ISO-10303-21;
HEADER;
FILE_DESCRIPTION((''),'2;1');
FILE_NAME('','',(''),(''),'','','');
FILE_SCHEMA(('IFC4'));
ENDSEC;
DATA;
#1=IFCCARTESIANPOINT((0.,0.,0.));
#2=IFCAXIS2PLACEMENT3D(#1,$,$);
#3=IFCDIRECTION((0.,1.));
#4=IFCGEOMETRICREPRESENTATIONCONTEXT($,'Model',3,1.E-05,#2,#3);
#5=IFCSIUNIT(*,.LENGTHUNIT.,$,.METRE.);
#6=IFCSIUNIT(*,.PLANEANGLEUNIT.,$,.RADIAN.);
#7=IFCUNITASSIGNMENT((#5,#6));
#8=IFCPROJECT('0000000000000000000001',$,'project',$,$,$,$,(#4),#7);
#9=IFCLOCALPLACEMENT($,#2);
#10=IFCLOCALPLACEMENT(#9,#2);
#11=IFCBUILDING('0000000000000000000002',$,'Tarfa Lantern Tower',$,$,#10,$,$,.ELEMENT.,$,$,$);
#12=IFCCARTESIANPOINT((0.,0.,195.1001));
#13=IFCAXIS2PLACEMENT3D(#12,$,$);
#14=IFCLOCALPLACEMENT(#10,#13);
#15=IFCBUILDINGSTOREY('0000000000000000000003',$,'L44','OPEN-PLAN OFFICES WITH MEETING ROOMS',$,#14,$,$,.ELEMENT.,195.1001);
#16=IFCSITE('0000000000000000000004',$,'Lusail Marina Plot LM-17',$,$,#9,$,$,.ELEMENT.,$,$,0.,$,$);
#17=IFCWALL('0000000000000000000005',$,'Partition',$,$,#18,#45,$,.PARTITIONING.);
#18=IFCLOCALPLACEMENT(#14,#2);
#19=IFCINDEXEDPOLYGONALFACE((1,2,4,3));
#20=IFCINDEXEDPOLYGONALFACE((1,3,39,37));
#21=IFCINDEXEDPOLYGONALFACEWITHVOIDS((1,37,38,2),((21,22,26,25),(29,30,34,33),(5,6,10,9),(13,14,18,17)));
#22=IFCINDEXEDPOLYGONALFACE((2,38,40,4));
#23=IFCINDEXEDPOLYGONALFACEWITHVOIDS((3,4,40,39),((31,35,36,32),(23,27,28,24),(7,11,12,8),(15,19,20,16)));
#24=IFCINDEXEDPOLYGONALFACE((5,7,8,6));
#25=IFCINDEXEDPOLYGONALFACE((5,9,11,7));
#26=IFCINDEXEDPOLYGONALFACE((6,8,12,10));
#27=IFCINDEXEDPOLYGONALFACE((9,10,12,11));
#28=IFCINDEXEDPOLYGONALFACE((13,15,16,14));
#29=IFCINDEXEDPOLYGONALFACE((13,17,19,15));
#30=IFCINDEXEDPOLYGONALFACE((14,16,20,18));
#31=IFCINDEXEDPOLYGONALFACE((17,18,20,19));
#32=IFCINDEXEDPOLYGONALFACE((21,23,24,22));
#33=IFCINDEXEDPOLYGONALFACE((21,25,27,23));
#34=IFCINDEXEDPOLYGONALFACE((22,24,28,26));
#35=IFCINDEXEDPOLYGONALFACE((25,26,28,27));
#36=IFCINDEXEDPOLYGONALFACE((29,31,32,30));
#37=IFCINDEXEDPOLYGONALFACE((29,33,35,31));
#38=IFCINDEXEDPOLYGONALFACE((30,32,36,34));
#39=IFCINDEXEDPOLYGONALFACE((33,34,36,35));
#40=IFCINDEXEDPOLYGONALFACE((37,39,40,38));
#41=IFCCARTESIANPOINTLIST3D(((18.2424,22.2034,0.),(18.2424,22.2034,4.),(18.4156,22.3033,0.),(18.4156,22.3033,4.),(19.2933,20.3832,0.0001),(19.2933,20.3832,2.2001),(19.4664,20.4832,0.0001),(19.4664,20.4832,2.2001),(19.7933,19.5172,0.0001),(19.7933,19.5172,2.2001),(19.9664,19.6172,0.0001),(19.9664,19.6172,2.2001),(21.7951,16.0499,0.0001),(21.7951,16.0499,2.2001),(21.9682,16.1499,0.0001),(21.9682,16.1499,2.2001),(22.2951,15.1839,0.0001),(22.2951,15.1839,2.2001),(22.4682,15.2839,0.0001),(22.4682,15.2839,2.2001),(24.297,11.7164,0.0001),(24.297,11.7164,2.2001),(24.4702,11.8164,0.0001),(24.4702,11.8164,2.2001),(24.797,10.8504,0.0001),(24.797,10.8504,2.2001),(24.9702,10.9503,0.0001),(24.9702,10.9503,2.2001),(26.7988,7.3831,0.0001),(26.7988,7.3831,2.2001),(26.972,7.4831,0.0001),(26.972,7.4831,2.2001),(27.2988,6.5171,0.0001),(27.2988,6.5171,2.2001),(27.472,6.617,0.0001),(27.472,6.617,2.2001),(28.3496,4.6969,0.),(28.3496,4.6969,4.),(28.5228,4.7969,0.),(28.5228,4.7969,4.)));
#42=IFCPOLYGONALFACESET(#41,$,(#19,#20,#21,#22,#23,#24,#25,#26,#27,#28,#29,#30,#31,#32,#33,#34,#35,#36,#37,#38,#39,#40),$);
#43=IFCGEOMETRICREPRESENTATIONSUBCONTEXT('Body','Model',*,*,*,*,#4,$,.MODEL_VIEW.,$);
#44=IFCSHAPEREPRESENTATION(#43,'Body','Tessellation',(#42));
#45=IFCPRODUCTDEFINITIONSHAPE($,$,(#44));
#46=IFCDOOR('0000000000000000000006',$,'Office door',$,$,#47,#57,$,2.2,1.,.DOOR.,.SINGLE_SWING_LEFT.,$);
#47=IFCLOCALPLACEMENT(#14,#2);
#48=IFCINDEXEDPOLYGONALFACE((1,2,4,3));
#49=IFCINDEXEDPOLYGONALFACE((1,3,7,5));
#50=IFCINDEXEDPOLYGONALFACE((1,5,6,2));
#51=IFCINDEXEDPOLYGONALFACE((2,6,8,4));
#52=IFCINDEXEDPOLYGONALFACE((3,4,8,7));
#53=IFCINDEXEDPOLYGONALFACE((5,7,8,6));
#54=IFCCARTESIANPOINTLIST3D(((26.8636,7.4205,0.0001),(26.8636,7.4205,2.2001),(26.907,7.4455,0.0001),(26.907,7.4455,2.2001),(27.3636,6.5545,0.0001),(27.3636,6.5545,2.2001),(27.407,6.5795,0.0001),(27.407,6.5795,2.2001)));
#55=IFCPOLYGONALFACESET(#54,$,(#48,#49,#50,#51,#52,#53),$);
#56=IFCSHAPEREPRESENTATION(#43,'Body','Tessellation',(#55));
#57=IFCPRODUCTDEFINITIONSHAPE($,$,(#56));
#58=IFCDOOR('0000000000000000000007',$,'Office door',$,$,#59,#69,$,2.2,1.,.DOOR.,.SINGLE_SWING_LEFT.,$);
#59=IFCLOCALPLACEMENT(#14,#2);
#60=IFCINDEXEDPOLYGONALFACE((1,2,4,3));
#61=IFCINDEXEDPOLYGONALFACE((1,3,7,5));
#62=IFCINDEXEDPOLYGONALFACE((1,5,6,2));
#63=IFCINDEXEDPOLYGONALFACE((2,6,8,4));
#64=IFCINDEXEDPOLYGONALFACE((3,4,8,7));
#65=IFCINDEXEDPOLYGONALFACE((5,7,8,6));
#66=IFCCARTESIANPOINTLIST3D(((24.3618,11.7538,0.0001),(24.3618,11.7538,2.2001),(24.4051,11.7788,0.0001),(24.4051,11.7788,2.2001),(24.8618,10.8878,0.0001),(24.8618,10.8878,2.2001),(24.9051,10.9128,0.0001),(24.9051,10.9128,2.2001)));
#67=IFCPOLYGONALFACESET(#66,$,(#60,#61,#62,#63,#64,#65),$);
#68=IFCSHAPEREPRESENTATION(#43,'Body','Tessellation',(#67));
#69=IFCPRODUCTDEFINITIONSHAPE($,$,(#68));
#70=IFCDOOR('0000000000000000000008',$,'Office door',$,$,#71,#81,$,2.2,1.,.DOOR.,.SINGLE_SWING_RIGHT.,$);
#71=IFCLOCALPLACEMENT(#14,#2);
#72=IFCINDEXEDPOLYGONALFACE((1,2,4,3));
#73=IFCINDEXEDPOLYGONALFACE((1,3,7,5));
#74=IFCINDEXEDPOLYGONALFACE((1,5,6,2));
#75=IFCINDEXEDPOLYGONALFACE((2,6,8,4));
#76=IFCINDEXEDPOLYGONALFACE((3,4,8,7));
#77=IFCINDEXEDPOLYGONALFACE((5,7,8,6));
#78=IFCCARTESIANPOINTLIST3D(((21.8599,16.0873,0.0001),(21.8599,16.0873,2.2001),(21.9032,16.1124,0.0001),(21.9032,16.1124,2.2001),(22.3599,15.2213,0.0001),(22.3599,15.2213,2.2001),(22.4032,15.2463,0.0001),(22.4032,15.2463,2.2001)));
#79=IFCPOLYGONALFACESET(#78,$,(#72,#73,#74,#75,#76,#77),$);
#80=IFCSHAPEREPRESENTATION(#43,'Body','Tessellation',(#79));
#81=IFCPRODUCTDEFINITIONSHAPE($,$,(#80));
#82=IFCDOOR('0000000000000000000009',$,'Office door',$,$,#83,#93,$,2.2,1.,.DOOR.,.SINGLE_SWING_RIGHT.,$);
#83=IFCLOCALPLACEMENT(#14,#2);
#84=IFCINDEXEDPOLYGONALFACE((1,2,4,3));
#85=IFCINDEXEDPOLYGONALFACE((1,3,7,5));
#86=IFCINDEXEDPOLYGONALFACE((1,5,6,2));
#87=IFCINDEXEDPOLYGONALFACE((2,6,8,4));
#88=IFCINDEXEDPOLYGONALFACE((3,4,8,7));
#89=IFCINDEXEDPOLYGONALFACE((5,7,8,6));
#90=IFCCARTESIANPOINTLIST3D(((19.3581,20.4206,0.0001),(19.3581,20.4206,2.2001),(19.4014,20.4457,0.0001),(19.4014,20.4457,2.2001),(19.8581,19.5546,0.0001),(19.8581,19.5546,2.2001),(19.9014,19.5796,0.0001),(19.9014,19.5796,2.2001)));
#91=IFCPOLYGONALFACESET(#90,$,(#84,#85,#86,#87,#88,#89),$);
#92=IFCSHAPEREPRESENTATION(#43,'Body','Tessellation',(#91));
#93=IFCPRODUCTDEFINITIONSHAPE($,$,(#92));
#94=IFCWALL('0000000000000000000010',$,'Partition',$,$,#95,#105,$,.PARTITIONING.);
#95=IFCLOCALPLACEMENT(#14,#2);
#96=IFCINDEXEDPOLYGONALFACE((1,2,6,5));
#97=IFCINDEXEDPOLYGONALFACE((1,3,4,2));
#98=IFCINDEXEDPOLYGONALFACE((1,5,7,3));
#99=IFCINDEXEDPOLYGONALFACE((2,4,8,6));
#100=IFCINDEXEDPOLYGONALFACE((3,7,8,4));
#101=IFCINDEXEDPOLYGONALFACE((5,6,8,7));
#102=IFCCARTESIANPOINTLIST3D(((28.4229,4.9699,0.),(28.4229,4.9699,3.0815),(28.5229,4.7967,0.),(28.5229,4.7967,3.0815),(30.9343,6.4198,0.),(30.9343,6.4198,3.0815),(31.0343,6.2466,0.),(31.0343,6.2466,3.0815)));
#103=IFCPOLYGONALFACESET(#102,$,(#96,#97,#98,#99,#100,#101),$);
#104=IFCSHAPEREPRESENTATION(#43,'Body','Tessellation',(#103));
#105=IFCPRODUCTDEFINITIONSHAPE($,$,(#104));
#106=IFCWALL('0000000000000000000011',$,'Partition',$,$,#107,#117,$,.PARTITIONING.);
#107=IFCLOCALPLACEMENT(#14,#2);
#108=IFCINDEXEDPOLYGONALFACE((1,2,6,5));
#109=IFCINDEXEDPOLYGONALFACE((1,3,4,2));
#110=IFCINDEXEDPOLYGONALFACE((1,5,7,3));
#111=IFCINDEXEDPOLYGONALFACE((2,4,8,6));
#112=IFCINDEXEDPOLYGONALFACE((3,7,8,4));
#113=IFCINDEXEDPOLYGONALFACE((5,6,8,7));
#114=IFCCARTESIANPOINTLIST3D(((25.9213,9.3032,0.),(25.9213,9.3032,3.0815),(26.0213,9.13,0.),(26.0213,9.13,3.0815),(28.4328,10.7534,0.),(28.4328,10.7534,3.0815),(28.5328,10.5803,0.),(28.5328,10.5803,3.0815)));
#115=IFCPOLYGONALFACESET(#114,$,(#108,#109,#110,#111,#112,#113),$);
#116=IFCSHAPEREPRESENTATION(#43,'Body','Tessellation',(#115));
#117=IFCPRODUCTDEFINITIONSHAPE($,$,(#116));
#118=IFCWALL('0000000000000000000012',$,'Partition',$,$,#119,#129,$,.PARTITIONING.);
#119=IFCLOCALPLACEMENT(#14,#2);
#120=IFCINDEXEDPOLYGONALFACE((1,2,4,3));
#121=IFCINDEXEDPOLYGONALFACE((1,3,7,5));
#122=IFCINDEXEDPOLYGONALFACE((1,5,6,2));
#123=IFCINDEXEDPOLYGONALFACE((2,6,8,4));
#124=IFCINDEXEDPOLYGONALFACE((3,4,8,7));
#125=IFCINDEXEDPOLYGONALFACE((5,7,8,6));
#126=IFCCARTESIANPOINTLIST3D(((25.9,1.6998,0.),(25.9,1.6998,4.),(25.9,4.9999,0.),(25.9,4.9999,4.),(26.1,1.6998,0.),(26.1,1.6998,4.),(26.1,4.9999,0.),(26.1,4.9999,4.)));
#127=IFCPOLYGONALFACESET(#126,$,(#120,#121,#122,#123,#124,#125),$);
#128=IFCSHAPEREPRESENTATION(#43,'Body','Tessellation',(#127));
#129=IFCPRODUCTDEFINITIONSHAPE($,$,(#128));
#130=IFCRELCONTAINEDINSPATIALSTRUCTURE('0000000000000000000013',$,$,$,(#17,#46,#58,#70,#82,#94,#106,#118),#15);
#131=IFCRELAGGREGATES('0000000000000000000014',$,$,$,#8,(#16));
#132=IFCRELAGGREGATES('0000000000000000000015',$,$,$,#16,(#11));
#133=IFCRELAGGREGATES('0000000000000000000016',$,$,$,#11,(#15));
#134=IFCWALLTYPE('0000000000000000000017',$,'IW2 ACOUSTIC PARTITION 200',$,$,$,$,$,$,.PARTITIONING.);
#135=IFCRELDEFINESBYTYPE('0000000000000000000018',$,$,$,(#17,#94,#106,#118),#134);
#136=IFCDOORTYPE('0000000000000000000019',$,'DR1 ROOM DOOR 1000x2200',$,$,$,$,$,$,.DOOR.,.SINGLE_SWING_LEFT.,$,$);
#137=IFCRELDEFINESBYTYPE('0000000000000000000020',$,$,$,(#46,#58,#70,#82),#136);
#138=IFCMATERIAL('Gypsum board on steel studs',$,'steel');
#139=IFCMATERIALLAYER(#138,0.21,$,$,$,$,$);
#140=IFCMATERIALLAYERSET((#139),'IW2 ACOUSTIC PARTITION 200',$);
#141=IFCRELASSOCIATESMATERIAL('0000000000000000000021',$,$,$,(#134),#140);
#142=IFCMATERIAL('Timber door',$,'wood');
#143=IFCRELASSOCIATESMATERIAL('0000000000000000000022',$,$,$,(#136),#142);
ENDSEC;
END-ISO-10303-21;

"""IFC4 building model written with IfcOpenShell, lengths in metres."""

from ifc_helpers import new_model, si_unit, direction, frame, frame_2d, origin, place, context, subcontext, project, spatial, rectangle, extrude, material, layer, layer_set, type_object, element, fill, save


model = new_model("IFC4")

# Units and contexts
model_context = context("Model", 3, precision=1e-05, world=origin(), true_north=direction((0.0, 1.0)))
body_context = subcontext(model_context, "Body", "Model", "MODEL_VIEW")
ifc_project = project(units=[si_unit("LENGTHUNIT", "METRE"), si_unit("PLANEANGLEUNIT", "RADIAN")], contexts=[model_context])

# Site, building, storey
site_placement = place(None, origin())
site = spatial("IfcSite", under=ifc_project, at=site_placement, Name="Lusail Marina Plot LM-17", CompositionType="ELEMENT", RefElevation=0.0)
building_placement = place(site_placement, origin())
building = spatial("IfcBuilding", under=site, at=building_placement, Name="Tarfa Lantern Tower", CompositionType="ELEMENT")
storey_placement = place(building_placement, frame((0.0, 0.0, 195.1001)))
storey = spatial("IfcBuildingStorey", under=building, at=storey_placement, Name="L44", Description="OPEN-PLAN OFFICES WITH MEETING ROOMS", CompositionType="ELEMENT", Elevation=195.1001)

# Wall, openings, doors
ifc_material_1 = material(Name="Gypsum board on steel studs", Category="steel")
ifc_layer_1 = layer(ifc_material_1, 0.21)
ifc_layer_set_1 = layer_set([ifc_layer_1], Name="IW2 ACOUSTIC PARTITION 200")
wall_type = type_object("IfcWallType", Name="IW2 ACOUSTIC PARTITION 200", PredefinedType="PARTITIONING", material=ifc_layer_set_1)
wall_1_placement = place(storey_placement, frame((28.4363, 4.7468, 0.0), z_axis=(0.0, 0.0, 1.0), x_axis=(-0.499996, 0.866028, 0.0)))
wall_1 = element("IfcWall", 1, at=wall_1_placement, inside=storey, type_object=wall_type, Name="Partition", PredefinedType="PARTITIONING", context=body_context, shape_type="SweptSolid", body=[
    extrude(rectangle(XDim=20.2146, YDim=0.2, at=frame_2d((10.1074, 0.0))), origin(), (0.0, 0.0, 1.0), 4.0),
])
opening_1_placement = place(wall_1_placement, frame((2.1018, 0.0, 0.0)))
opening_1 = element("IfcOpeningElement", 2, at=opening_1_placement, cuts=wall_1, PredefinedType="OPENING", context=body_context, shape_type="SweptSolid", body=[
    extrude(rectangle(XDim=1.0, YDim=2.2, at=frame_2d((0.5, 1.1001))), frame((0.0, 0.1099, 0.0), z_axis=(0.0, -1.0, 0.0), x_axis=(1.0, 0.0, 0.0)), (0.0, 0.0, 1.0), 0.22),
])
opening_2_placement = place(wall_1_placement, frame((7.1055, 0.0, 0.0)))
opening_2 = element("IfcOpeningElement", 3, at=opening_2_placement, cuts=wall_1, PredefinedType="OPENING", context=body_context, shape_type="SweptSolid", body=[
    extrude(rectangle(XDim=1.0, YDim=2.2, at=frame_2d((0.5, 1.1001))), frame((0.0, 0.1099, 0.0), z_axis=(0.0, -1.0, 0.0), x_axis=(1.0, 0.0, 0.0)), (0.0, 0.0, 1.0), 0.22),
])
opening_3_placement = place(wall_1_placement, frame((12.1094, 0.0, 0.0)))
opening_3 = element("IfcOpeningElement", 4, at=opening_3_placement, cuts=wall_1, PredefinedType="OPENING", context=body_context, shape_type="SweptSolid", body=[
    extrude(rectangle(XDim=1.0, YDim=2.2, at=frame_2d((0.5, 1.1001))), frame((0.0, 0.1099, 0.0), z_axis=(0.0, -1.0, 0.0), x_axis=(1.0, 0.0, 0.0)), (0.0, 0.0, 1.0), 0.22),
])
opening_4_placement = place(wall_1_placement, frame((17.113, 0.0, 0.0)))
opening_4 = element("IfcOpeningElement", 5, at=opening_4_placement, cuts=wall_1, PredefinedType="OPENING", context=body_context, shape_type="SweptSolid", body=[
    extrude(rectangle(XDim=1.0, YDim=2.2, at=frame_2d((0.5, 1.1001))), frame((0.0, 0.1099, 0.0), z_axis=(0.0, -1.0, 0.0), x_axis=(1.0, 0.0, 0.0)), (0.0, 0.0, 1.0), 0.22),
])
ifc_material_2 = material(Name="Timber door", Category="wood")
door_type = type_object("IfcDoorType", Name="DR1 ROOM DOOR 1000x2200", OperationType="SINGLE_SWING_LEFT", PredefinedType="DOOR", material=ifc_material_2)
door_1_placement = place(opening_1_placement, frame((1.0, 0.0, 0.0), z_axis=(0.0, 0.0, 1.0), x_axis=(-1.0, 0.0, 0.0)))
door_1 = element("IfcDoor", 6, at=door_1_placement, inside=storey, type_object=door_type, Name="Office door", OperationType="SINGLE_SWING_LEFT", OverallHeight=2.2, OverallWidth=1.0, PredefinedType="DOOR", context=body_context, shape_type="SweptSolid", body=[
    extrude(rectangle(XDim=1.0, YDim=2.2, at=frame_2d((0.5, 1.1001))), frame((0.0, 0.0249, 0.0), z_axis=(0.0, -1.0, 0.0), x_axis=(1.0, 0.0, 0.0)), (0.0, 0.0, 1.0), 0.05),
])
fill(opening_1, door_1)
door_2_placement = place(opening_2_placement, frame((1.0, 0.0, 0.0), z_axis=(0.0, 0.0, 1.0), x_axis=(-1.0, 0.0, 0.0)))
door_2 = element("IfcDoor", 7, at=door_2_placement, inside=storey, type_object=door_type, Name="Office door", OperationType="SINGLE_SWING_LEFT", OverallHeight=2.2, OverallWidth=1.0, PredefinedType="DOOR", context=body_context, shape_type="SweptSolid", body=[
    extrude(rectangle(XDim=1.0, YDim=2.2, at=frame_2d((0.5, 1.1001))), frame((0.0, 0.0249, 0.0), z_axis=(0.0, -1.0, 0.0), x_axis=(1.0, 0.0, 0.0)), (0.0, 0.0, 1.0), 0.05),
])
fill(opening_2, door_2)
door_3_placement = place(opening_3_placement, frame((1.0, 0.0, 0.0), z_axis=(0.0, 0.0, 1.0), x_axis=(-1.0, 0.0, 0.0)))
door_3 = element("IfcDoor", 8, at=door_3_placement, inside=storey, type_object=door_type, Name="Office door", OperationType="SINGLE_SWING_RIGHT", OverallHeight=2.2, OverallWidth=1.0, PredefinedType="DOOR", context=body_context, shape_type="SweptSolid", body=[
    extrude(rectangle(XDim=1.0, YDim=2.2, at=frame_2d((0.5, 1.1001))), frame((0.0, 0.0249, 0.0), z_axis=(0.0, -1.0, 0.0), x_axis=(1.0, 0.0, 0.0)), (0.0, 0.0, 1.0), 0.05),
])
fill(opening_3, door_3)
door_4_placement = place(opening_4_placement, frame((1.0, 0.0, 0.0), z_axis=(0.0, 0.0, 1.0), x_axis=(-1.0, 0.0, 0.0)))
door_4 = element("IfcDoor", 9, at=door_4_placement, inside=storey, type_object=door_type, Name="Office door", OperationType="SINGLE_SWING_RIGHT", OverallHeight=2.2, OverallWidth=1.0, PredefinedType="DOOR", context=body_context, shape_type="SweptSolid", body=[
    extrude(rectangle(XDim=1.0, YDim=2.2, at=frame_2d((0.5, 1.1001))), frame((0.0, 0.0249, 0.0), z_axis=(0.0, -1.0, 0.0), x_axis=(1.0, 0.0, 0.0)), (0.0, 0.0, 1.0), 0.05),
])
fill(opening_4, door_4)

# Walls
wall_2_placement = place(storey_placement, frame((28.4729, 4.8833, 0.0), z_axis=(0.0, 0.0, 1.0), x_axis=(0.866033, 0.499987, 0.0)))
element("IfcWall", 10, at=wall_2_placement, inside=storey, type_object=wall_type, Name="Partition", PredefinedType="PARTITIONING", context=body_context, shape_type="SweptSolid", body=[
    extrude(rectangle(XDim=2.8999, YDim=0.2, at=frame_2d((1.45, 0.0))), origin(), (0.0, 0.0, 1.0), 3.0815),
])
wall_3_placement = place(storey_placement, frame((25.9712, 9.2166, 0.0), z_axis=(0.0, 0.0, 1.0), x_axis=(0.865996, 0.50005, 0.0)))
element("IfcWall", 11, at=wall_3_placement, inside=storey, type_object=wall_type, Name="Partition", PredefinedType="PARTITIONING", context=body_context, shape_type="SweptSolid", body=[
    extrude(rectangle(XDim=2.9001, YDim=0.2, at=frame_2d((1.4502, 0.0))), origin(), (0.0, 0.0, 1.0), 3.0815),
])
wall_4_placement = place(storey_placement, frame((26.0, 1.7, 0.0), z_axis=(0.0, 0.0, 1.0), x_axis=(0.0, 1.0, 0.0)))
element("IfcWall", 12, at=wall_4_placement, inside=storey, type_object=wall_type, Name="Partition", PredefinedType="PARTITIONING", context=body_context, shape_type="SweptSolid", body=[
    extrude(rectangle(XDim=3.3, YDim=0.2, at=frame_2d((1.6499, 0.0))), origin(), (0.0, 0.0, 1.0), 4.0),
])

save(model, "model.ifc")
